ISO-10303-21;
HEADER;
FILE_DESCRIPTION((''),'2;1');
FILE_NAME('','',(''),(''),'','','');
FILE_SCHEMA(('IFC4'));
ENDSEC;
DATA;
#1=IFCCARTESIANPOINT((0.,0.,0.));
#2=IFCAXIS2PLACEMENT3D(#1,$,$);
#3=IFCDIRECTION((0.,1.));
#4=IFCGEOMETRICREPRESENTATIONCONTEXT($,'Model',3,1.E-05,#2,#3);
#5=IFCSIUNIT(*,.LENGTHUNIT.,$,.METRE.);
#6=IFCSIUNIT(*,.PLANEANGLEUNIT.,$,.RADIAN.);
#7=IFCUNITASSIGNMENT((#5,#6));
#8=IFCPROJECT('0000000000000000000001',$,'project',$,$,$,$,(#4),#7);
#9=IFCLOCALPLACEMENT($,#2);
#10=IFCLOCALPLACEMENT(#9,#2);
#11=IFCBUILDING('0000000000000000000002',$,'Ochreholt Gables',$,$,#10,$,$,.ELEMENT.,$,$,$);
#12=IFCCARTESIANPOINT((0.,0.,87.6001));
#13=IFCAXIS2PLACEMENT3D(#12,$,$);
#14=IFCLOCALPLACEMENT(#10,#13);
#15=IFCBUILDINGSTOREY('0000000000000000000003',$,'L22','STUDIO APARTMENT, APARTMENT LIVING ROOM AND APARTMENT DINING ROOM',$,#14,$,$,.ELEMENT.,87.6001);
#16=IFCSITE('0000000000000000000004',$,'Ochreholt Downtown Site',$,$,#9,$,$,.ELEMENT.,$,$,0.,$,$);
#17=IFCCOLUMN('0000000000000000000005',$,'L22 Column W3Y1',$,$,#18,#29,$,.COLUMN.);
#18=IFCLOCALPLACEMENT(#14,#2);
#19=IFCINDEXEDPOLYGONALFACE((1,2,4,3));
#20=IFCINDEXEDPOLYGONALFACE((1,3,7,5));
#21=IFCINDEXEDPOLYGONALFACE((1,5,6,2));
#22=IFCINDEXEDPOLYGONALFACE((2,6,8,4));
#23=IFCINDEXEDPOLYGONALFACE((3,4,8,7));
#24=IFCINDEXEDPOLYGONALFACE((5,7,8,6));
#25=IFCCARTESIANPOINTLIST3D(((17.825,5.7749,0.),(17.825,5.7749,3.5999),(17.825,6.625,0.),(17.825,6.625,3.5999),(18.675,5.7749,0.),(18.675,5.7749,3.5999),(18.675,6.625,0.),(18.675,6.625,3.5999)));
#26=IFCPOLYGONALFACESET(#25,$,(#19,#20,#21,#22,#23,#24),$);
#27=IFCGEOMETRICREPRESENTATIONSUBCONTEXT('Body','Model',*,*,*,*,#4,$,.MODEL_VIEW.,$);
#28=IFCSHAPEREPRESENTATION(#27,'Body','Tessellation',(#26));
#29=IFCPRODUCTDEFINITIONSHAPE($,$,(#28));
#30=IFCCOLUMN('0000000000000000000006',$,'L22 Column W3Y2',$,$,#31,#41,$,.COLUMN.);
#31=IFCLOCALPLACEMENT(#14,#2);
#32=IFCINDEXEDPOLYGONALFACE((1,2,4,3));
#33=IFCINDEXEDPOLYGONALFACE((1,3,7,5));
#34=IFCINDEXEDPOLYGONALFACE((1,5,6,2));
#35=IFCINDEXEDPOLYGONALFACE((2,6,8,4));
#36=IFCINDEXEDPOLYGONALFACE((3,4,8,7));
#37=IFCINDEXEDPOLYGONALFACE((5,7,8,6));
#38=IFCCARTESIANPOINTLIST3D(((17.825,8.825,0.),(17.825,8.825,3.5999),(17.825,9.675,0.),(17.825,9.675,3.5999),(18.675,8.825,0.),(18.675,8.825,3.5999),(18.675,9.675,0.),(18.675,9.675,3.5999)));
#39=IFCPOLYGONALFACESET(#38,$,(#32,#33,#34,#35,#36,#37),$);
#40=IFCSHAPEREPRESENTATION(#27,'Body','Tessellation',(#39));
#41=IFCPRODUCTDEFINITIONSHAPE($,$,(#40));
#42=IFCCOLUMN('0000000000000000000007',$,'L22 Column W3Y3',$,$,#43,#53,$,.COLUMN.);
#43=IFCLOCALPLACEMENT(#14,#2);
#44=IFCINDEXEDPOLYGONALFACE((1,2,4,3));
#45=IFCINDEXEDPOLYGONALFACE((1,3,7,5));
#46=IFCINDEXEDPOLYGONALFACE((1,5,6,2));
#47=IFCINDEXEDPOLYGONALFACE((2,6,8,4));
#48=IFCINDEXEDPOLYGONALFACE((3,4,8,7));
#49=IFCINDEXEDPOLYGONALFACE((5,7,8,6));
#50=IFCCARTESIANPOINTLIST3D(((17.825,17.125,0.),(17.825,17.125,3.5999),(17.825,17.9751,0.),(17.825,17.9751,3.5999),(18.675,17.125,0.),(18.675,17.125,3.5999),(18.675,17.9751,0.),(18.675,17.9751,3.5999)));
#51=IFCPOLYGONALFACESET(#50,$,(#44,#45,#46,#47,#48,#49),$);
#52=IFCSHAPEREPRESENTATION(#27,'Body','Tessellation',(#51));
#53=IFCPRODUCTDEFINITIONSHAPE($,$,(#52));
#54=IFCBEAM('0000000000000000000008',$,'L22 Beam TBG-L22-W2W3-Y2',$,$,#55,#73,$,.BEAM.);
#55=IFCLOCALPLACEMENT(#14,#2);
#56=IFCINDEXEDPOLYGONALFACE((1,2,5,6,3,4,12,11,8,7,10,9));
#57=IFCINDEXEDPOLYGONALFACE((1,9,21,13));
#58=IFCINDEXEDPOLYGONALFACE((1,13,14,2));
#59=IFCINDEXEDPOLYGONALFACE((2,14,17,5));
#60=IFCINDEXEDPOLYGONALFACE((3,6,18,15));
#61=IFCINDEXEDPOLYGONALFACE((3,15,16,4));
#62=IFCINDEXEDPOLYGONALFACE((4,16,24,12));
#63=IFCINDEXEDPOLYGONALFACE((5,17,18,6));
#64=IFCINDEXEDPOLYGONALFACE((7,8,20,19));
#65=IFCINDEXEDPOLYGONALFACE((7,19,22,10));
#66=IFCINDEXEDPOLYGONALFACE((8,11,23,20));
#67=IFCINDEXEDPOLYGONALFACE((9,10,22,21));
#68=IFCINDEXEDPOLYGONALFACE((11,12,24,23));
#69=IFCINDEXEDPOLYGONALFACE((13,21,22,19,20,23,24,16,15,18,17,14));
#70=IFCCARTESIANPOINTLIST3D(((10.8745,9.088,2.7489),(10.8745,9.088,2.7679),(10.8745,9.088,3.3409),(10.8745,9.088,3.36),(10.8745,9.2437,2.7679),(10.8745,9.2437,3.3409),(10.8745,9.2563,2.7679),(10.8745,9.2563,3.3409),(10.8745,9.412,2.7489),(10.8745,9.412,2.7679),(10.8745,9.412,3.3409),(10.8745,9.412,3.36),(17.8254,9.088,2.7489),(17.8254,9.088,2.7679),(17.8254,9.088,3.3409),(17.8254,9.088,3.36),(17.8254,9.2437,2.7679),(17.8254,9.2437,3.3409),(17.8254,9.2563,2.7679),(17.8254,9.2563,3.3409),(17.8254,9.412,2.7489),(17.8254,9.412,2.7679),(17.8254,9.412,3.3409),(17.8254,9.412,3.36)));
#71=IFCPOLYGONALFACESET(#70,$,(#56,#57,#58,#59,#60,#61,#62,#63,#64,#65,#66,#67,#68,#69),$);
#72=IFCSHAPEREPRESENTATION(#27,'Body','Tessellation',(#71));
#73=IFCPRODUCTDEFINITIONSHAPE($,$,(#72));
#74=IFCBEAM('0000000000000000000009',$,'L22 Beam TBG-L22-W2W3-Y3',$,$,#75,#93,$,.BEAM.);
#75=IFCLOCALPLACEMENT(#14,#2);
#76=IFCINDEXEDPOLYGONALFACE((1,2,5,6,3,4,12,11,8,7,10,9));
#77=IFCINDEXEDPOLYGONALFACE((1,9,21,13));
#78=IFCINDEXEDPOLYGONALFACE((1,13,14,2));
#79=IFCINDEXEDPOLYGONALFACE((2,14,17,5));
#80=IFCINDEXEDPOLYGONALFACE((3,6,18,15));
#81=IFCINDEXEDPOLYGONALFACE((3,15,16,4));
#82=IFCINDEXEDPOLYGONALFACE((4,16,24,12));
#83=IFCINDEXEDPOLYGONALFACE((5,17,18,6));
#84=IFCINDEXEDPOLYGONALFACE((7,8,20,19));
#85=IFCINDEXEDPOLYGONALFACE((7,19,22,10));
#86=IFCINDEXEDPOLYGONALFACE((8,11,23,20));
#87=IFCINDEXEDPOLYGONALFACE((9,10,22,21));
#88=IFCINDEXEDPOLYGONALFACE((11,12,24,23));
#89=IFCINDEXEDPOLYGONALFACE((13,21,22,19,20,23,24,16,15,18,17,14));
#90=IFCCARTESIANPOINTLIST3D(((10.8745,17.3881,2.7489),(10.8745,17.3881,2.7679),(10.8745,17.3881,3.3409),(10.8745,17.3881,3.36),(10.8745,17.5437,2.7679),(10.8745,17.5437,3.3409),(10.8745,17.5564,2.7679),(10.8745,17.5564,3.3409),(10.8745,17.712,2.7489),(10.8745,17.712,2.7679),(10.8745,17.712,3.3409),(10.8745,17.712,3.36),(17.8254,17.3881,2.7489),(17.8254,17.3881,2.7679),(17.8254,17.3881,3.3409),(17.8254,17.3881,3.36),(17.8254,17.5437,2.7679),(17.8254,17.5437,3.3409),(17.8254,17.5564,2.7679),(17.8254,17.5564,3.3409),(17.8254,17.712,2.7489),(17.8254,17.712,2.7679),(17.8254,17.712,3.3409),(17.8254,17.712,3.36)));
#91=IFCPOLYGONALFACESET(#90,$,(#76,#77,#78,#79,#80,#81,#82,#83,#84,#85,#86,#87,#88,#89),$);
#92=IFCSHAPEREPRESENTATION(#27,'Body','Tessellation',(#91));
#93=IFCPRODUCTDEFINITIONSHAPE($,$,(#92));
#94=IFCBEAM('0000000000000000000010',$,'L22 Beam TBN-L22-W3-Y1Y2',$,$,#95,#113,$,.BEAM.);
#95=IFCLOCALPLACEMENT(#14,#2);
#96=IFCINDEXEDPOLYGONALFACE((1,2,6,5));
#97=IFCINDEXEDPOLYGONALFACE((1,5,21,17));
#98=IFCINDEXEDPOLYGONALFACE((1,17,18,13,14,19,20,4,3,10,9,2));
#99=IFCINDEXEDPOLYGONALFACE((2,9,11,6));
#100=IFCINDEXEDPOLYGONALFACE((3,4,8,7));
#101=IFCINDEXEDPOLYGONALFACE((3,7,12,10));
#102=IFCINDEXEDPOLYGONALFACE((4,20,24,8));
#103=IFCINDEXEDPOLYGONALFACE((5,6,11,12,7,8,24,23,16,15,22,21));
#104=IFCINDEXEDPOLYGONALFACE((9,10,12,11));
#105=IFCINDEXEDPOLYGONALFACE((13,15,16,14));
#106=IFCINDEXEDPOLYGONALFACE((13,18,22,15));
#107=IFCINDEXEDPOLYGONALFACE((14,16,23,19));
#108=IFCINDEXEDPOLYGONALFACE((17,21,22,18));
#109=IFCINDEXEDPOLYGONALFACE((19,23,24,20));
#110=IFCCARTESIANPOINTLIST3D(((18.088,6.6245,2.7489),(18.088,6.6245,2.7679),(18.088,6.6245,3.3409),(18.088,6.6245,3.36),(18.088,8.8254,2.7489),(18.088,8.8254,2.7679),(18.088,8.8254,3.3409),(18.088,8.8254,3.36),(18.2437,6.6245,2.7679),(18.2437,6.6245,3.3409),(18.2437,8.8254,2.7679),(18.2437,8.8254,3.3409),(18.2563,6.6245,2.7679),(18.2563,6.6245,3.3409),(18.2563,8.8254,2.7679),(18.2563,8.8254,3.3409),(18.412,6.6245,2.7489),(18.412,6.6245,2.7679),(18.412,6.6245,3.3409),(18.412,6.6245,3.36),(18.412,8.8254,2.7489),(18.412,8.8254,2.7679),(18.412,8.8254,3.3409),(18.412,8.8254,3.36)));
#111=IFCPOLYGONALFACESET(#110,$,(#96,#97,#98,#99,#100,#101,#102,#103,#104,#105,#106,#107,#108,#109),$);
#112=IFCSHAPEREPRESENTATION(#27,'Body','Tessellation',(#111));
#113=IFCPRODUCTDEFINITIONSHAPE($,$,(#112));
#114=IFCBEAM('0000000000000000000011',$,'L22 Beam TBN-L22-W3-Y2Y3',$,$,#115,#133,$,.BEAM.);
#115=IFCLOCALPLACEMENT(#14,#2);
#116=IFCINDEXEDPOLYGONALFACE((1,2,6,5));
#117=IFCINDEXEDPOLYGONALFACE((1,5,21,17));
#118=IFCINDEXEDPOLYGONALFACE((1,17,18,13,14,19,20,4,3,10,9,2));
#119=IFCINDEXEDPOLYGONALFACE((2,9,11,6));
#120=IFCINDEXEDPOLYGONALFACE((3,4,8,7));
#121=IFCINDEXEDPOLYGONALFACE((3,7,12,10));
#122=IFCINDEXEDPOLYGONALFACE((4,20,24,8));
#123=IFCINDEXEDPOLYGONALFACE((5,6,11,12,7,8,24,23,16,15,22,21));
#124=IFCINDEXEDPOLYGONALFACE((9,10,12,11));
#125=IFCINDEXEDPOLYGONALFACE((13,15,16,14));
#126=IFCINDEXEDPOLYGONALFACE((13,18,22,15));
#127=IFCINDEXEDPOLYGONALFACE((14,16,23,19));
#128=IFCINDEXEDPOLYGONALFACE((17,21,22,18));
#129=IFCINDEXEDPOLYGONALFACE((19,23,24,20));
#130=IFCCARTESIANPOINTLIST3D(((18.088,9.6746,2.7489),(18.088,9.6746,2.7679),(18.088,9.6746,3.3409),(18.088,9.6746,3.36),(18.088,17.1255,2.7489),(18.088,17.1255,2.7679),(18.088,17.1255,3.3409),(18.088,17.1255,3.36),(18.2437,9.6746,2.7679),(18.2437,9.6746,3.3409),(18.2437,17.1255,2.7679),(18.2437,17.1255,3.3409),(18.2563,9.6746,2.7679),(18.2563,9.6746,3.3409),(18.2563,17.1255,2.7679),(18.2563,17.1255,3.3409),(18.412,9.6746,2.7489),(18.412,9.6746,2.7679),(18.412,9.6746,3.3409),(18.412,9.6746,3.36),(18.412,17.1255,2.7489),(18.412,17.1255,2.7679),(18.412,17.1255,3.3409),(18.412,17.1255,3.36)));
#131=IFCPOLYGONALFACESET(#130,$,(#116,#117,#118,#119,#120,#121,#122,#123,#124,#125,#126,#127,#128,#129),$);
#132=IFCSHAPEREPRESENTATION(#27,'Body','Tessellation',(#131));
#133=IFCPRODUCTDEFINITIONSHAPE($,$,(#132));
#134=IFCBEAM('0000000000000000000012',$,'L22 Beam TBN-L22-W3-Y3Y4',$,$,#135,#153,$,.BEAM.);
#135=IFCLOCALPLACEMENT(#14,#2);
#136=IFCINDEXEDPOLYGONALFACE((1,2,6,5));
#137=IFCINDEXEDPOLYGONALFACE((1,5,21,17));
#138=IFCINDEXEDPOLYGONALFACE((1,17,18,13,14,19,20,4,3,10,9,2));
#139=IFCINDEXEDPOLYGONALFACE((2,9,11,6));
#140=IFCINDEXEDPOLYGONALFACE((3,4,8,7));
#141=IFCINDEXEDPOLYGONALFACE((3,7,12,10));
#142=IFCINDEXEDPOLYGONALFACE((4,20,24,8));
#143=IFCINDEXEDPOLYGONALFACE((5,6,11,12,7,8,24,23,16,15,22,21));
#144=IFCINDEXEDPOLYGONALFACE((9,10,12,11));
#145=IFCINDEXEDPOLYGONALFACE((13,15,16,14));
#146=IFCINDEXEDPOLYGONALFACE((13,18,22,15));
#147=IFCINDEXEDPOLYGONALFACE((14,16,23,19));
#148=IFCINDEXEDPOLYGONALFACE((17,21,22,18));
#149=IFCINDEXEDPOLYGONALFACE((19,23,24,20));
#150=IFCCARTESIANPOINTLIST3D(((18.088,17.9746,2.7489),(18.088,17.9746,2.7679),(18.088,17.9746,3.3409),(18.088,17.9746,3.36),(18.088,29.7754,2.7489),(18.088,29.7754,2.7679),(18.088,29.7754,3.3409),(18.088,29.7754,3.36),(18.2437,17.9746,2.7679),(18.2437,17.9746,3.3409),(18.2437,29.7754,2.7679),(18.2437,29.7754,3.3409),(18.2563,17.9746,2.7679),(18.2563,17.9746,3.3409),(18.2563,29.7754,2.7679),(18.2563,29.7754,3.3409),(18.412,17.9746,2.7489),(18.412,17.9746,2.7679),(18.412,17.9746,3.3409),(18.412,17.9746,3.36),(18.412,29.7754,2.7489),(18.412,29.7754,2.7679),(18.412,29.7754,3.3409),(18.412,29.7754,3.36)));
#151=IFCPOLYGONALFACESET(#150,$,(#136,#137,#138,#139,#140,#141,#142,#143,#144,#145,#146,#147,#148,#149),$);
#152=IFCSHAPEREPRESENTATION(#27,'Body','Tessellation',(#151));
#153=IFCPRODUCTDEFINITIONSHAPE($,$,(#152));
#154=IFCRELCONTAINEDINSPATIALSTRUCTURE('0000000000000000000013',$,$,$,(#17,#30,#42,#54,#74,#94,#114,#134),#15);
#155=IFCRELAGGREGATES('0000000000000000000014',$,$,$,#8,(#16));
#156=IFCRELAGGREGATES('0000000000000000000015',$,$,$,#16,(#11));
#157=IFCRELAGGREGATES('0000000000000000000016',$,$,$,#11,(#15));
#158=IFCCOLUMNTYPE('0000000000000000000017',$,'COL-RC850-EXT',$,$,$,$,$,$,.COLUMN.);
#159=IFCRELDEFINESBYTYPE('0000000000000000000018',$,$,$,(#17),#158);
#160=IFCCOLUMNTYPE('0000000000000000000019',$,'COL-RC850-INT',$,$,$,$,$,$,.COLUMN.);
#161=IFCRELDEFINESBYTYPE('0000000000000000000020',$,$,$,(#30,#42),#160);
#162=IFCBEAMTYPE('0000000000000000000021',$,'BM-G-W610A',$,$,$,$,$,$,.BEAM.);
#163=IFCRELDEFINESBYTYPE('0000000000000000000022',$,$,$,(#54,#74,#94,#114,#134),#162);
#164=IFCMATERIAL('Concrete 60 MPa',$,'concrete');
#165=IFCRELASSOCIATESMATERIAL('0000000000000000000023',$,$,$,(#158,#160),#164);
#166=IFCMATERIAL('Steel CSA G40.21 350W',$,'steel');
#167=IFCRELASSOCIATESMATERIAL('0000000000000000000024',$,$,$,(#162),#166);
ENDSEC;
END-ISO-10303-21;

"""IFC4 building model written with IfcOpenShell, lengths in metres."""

from ifc_helpers import new_model, si_unit, direction, frame, origin, origin_2d, place, context, subcontext, project, spatial, rectangle, i_section, extrude, material, material_profile, profile_set, type_object, element, save


model = new_model("IFC4")

# Units and contexts
model_context = context("Model", 3, precision=1e-05, world=origin(), true_north=direction((0.0, 1.0)))
body_context = subcontext(model_context, "Body", "Model", "MODEL_VIEW")
ifc_project = project(units=[si_unit("LENGTHUNIT", "METRE"), si_unit("PLANEANGLEUNIT", "RADIAN")], contexts=[model_context])

# Site, building, storey
site_placement = place(None, origin())
site = spatial("IfcSite", under=ifc_project, at=site_placement, Name="Ochreholt Downtown Site", CompositionType="ELEMENT", RefElevation=0.0)
building_placement = place(site_placement, origin())
building = spatial("IfcBuilding", under=site, at=building_placement, Name="Ochreholt Gables", CompositionType="ELEMENT")
storey_placement = place(building_placement, frame((0.0, 0.0, 87.6001)))
storey = spatial("IfcBuildingStorey", under=building, at=storey_placement, Name="L22", Description="STUDIO APARTMENT, APARTMENT LIVING ROOM AND APARTMENT DINING ROOM", CompositionType="ELEMENT", Elevation=87.6001)

# Columns
ifc_material_1 = material(Name="Concrete 60 MPa", Category="concrete")
ifc_material_profile_1 = material_profile(ifc_material_1, rectangle(XDim=0.8501, YDim=0.8501, at=origin_2d()), Name="RC850X850")
ifc_profile_set_1 = profile_set([ifc_material_profile_1], Name="Concrete 60 MPa")
column_type_1 = type_object("IfcColumnType", Name="COL-RC850-EXT", PredefinedType="COLUMN", material=ifc_profile_set_1)
column_placement = place(storey_placement, frame((18.25, 6.2, 0.0), z_axis=(0.0, 0.0, 1.0), x_axis=(1.0, 0.0, 0.0)))
element("IfcColumn", 1, at=column_placement, inside=storey, type_object=column_type_1, Name="L22 Column W3Y1", PredefinedType="COLUMN", context=body_context, shape_type="SweptSolid", body=[
    extrude(rectangle(XDim=0.8501, YDim=0.8501, at=origin_2d()), origin(), (0.0, 0.0, 1.0), 3.5999),
])
ifc_material_profile_2 = material_profile(ifc_material_1, rectangle(XDim=0.8501, YDim=0.8501, at=origin_2d()), Name="RC850X850")
ifc_profile_set_2 = profile_set([ifc_material_profile_2], Name="Concrete 60 MPa")
column_type_2 = type_object("IfcColumnType", Name="COL-RC850-INT", PredefinedType="COLUMN", material=ifc_profile_set_2)
for number, where, z_axis, x_axis, name in (
    (2, (18.25, 9.25, 0.0), (0.0, 0.0, 1.0), (1.0, 0.0, 0.0), "L22 Column W3Y2"),
    (3, (18.25, 17.55, 0.0), (0.0, 0.0, 1.0), (1.0, 0.0, 0.0), "L22 Column W3Y3"),
):
    element("IfcColumn", number, at=place(storey_placement, frame(where, z_axis=z_axis, x_axis=x_axis)), inside=storey, type_object=column_type_2, Name=name, PredefinedType="COLUMN", context=body_context, shape_type="SweptSolid", body=[
        extrude(rectangle(XDim=0.8501, YDim=0.8501, at=origin_2d()), origin(), (0.0, 0.0, 1.0), 3.5999),
    ])

# Beams
ifc_material_2 = material(Name="Steel CSA G40.21 350W", Category="steel")
ifc_material_profile_3 = material_profile(ifc_material_2, i_section(OverallWidth=0.324, OverallDepth=0.6111, WebThickness=0.0127, FlangeThickness=0.019, at=origin_2d()), Name="W610X155")
ifc_profile_set_3 = profile_set([ifc_material_profile_3], Name="Steel CSA G40.21 350W")
beam_type = type_object("IfcBeamType", Name="BM-G-W610A", PredefinedType="BEAM", material=ifc_profile_set_3)
for number, where, z_axis, x_axis, name in (
    (4, (10.8745, 9.25, 3.0544), (1.0, 0.0, 0.0), (0.0, 1.0, 0.0), "L22 Beam TBG-L22-W2W3-Y2"),
    (5, (10.8745, 17.55, 3.0544), (1.0, 0.0, 0.0), (0.0, 1.0, 0.0), "L22 Beam TBG-L22-W2W3-Y3"),
):
    element("IfcBeam", number, at=place(storey_placement, frame(where, z_axis=z_axis, x_axis=x_axis)), inside=storey, type_object=beam_type, Name=name, PredefinedType="BEAM", context=body_context, shape_type="SweptSolid", body=[
        extrude(i_section(OverallWidth=0.324, OverallDepth=0.6111, WebThickness=0.0127, FlangeThickness=0.019, at=origin_2d()), origin(), (0.0, 0.0, 1.0), 6.9509),
    ])
beam_1_placement = place(storey_placement, frame((18.25, 6.6245, 3.0544), z_axis=(0.0, 1.0, 0.0), x_axis=(-1.0, 0.0, 0.0)))
element("IfcBeam", 6, at=beam_1_placement, inside=storey, type_object=beam_type, Name="L22 Beam TBN-L22-W3-Y1Y2", PredefinedType="BEAM", context=body_context, shape_type="SweptSolid", body=[
    extrude(i_section(OverallWidth=0.324, OverallDepth=0.6111, WebThickness=0.0127, FlangeThickness=0.019, at=origin_2d()), origin(), (0.0, 0.0, 1.0), 2.2009),
])
beam_2_placement = place(storey_placement, frame((18.25, 9.6746, 3.0544), z_axis=(0.0, 1.0, 0.0), x_axis=(-1.0, 0.0, 0.0)))
element("IfcBeam", 7, at=beam_2_placement, inside=storey, type_object=beam_type, Name="L22 Beam TBN-L22-W3-Y2Y3", PredefinedType="BEAM", context=body_context, shape_type="SweptSolid", body=[
    extrude(i_section(OverallWidth=0.324, OverallDepth=0.6111, WebThickness=0.0127, FlangeThickness=0.019, at=origin_2d()), origin(), (0.0, 0.0, 1.0), 7.4509),
])
beam_3_placement = place(storey_placement, frame((18.25, 17.9746, 3.0544), z_axis=(0.0, 1.0, 0.0), x_axis=(-1.0, 0.0, 0.0)))
element("IfcBeam", 8, at=beam_3_placement, inside=storey, type_object=beam_type, Name="L22 Beam TBN-L22-W3-Y3Y4", PredefinedType="BEAM", context=body_context, shape_type="SweptSolid", body=[
    extrude(i_section(OverallWidth=0.324, OverallDepth=0.6111, WebThickness=0.0127, FlangeThickness=0.019, at=origin_2d()), origin(), (0.0, 0.0, 1.0), 11.8008),
])

save(model, "model.ifc")
